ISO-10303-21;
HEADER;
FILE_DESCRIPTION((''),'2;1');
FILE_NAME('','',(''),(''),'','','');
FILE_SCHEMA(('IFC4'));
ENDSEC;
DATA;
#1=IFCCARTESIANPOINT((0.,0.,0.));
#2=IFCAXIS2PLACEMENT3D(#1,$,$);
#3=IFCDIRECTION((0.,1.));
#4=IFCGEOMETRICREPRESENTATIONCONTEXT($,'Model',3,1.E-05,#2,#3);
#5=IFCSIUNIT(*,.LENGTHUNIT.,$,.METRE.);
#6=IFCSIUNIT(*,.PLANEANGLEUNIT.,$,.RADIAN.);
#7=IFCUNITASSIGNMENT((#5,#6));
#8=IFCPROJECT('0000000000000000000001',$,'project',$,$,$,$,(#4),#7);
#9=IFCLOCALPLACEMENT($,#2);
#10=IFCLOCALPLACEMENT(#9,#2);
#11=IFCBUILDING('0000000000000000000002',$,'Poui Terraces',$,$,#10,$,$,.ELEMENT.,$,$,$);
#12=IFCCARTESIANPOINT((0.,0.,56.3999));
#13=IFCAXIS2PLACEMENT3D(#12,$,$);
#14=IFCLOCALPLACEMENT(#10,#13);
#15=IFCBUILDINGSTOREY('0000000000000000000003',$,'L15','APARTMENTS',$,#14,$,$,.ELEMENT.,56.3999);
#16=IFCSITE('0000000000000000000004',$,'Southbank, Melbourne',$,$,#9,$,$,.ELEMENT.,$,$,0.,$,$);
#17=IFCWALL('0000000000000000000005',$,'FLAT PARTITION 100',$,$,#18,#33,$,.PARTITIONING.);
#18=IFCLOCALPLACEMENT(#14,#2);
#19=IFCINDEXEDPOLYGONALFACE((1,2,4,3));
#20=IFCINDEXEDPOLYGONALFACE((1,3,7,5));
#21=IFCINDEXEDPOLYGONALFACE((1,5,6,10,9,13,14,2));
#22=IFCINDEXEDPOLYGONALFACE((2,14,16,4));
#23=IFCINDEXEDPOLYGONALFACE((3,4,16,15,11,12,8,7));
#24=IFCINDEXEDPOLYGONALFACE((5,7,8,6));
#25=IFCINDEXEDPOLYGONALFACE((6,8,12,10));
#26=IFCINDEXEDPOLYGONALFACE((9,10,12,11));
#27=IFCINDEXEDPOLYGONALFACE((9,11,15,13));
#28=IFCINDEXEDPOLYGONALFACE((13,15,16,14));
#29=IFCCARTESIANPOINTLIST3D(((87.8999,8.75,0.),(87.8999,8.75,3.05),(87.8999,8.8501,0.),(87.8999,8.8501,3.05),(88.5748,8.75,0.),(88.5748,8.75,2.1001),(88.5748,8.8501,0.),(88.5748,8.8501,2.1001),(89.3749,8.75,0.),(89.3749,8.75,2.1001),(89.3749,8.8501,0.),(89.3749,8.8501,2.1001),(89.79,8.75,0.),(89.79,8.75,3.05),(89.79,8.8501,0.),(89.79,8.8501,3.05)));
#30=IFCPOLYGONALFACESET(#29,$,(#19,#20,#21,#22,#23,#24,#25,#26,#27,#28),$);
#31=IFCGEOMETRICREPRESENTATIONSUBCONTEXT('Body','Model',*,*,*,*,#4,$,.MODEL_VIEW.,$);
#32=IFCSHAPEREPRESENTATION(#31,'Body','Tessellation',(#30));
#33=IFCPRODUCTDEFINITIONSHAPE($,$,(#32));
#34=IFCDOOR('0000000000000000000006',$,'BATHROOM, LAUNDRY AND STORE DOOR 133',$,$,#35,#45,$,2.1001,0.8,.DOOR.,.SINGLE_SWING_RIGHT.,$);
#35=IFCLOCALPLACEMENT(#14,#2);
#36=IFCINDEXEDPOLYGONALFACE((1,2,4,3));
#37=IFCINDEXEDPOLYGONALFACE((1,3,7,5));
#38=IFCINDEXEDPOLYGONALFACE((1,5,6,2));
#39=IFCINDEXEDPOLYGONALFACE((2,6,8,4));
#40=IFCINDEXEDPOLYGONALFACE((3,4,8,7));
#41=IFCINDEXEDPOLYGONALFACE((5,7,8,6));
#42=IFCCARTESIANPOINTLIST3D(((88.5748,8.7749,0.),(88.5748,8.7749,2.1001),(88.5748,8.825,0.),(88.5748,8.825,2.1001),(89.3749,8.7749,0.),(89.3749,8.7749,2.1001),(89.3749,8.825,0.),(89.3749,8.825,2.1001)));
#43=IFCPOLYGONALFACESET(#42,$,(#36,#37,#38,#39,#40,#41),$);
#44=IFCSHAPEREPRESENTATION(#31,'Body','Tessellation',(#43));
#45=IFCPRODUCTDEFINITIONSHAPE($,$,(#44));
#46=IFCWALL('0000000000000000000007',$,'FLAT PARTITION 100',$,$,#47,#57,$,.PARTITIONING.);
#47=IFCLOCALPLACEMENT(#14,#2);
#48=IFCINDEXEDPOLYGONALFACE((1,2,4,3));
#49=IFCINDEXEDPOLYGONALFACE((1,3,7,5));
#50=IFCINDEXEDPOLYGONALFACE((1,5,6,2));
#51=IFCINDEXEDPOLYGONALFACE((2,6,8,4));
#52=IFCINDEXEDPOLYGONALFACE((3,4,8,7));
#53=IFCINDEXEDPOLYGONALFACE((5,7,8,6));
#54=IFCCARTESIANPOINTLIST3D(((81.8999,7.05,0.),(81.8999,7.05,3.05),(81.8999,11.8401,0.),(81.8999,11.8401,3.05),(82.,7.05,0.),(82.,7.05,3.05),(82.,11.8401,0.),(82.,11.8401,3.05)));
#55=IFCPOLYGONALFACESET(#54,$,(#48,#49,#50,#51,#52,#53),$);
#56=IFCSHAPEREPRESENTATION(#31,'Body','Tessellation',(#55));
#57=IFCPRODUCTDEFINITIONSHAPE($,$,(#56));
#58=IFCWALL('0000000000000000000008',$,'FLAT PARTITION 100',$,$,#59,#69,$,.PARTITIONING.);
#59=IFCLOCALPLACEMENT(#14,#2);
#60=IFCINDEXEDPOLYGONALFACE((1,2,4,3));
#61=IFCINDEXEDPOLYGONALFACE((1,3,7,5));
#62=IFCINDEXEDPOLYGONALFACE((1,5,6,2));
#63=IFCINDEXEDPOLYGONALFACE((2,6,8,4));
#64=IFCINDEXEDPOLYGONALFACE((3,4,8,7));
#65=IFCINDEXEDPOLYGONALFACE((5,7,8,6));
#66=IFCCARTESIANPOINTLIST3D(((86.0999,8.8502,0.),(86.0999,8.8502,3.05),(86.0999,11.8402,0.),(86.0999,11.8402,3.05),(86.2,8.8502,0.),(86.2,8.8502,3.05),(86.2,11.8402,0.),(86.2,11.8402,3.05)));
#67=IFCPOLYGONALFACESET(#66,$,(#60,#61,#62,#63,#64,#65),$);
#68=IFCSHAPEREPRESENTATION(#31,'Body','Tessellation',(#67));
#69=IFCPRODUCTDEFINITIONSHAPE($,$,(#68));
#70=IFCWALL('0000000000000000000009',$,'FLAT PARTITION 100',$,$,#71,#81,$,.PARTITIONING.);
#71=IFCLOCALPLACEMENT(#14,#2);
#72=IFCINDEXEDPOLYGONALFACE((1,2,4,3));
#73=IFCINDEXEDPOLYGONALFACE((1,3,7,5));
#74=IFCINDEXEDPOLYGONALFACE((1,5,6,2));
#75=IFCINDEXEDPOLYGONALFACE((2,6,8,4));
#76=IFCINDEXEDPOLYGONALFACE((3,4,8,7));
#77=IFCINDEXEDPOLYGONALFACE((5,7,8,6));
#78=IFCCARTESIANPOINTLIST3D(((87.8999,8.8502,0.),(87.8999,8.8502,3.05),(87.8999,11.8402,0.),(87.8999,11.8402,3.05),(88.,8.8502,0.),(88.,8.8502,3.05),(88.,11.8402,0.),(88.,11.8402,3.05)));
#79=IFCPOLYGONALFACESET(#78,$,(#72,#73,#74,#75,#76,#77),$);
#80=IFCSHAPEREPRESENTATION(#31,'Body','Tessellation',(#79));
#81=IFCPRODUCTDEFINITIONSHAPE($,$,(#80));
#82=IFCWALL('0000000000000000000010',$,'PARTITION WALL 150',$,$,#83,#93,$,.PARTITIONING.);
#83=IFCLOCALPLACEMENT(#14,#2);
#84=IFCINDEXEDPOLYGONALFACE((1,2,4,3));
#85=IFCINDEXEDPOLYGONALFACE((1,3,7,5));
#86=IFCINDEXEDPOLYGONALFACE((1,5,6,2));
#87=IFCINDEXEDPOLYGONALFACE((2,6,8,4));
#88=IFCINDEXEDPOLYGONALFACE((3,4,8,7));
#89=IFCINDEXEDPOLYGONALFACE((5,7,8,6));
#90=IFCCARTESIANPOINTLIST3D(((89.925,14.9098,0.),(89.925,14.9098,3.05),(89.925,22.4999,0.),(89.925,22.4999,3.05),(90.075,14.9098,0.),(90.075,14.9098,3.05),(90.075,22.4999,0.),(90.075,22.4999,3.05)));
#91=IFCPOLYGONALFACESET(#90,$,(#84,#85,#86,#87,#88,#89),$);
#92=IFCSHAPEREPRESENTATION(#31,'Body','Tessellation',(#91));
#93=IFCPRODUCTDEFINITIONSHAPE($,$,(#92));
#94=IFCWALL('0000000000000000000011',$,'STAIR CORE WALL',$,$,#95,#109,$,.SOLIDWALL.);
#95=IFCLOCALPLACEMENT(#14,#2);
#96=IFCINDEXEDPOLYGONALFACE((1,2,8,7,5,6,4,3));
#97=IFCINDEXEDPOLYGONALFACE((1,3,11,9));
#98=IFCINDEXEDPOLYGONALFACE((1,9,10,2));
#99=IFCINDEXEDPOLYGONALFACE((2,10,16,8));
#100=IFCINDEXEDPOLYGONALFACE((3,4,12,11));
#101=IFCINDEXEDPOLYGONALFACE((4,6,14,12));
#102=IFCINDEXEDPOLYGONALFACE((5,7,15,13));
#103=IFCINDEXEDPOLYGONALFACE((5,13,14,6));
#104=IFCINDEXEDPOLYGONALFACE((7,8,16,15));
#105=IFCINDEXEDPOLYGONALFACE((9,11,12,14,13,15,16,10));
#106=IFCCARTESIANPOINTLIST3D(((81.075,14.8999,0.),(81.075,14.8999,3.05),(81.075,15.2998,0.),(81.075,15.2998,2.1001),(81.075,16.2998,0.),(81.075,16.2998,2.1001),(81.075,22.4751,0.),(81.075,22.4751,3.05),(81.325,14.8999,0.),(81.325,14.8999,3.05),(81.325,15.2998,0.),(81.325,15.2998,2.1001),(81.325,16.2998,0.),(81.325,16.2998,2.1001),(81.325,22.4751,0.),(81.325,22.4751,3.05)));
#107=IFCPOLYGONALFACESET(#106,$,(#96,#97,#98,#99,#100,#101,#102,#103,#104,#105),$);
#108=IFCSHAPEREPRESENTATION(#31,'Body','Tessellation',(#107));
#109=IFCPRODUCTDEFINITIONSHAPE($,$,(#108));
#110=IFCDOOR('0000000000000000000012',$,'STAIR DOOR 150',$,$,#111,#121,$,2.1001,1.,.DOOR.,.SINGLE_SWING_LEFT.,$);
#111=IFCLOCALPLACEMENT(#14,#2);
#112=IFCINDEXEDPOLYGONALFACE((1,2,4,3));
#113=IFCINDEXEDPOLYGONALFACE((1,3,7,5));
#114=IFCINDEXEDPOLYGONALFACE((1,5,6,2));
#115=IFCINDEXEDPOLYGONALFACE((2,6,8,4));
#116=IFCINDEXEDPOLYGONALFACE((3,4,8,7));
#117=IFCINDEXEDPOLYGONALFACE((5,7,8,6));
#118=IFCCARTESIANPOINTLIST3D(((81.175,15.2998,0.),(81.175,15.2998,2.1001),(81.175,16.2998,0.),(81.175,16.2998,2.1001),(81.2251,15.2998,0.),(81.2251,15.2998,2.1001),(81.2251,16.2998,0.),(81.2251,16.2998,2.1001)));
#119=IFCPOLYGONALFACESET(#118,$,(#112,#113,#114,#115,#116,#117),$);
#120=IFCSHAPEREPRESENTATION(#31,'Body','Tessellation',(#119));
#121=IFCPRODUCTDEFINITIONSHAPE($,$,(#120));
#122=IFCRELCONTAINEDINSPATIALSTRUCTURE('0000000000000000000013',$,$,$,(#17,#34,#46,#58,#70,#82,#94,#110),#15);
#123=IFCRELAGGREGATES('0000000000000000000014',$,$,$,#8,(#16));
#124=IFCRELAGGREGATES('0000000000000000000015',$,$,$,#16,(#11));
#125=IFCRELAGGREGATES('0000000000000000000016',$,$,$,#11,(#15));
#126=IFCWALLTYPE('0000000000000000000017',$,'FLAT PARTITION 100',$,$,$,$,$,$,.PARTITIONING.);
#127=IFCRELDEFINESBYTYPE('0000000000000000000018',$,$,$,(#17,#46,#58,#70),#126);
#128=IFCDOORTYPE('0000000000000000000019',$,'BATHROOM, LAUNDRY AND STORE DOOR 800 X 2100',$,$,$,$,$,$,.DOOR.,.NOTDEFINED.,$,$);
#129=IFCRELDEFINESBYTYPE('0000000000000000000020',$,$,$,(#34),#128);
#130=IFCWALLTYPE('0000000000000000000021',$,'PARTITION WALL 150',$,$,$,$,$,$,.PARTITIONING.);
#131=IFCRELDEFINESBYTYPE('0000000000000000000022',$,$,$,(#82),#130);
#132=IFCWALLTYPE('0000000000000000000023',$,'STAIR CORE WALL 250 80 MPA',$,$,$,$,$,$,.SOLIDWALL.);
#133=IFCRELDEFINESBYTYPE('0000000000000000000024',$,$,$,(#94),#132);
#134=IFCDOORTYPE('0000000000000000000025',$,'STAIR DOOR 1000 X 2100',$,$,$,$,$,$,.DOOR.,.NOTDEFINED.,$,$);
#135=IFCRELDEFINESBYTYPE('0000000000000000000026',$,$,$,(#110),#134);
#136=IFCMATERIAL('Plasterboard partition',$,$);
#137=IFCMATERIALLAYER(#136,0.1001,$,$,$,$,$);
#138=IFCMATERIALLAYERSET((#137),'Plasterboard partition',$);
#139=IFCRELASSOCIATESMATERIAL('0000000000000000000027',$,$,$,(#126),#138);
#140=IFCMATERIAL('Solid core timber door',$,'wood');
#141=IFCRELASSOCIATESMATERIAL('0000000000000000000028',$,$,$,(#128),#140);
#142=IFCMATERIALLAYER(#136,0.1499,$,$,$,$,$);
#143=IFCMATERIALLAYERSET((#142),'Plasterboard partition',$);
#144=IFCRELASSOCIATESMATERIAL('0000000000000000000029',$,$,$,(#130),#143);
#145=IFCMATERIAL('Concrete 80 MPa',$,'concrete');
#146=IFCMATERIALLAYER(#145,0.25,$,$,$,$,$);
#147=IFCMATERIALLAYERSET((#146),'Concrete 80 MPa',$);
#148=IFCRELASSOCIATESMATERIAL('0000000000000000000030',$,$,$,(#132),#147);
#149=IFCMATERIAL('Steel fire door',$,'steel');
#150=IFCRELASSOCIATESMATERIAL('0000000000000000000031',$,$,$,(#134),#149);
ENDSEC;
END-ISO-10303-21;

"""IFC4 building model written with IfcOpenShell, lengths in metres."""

from ifc_helpers import new_model, si_unit, direction, frame, frame_2d, origin, place, context, subcontext, project, spatial, rectangle, extrude, material, layer, layer_set, type_object, element, fill, save


model = new_model("IFC4")

# Units and contexts
model_context = context("Model", 3, precision=1e-05, world=origin(), true_north=direction((0.0, 1.0)))
body_context = subcontext(model_context, "Body", "Model", "MODEL_VIEW")
ifc_project = project(units=[si_unit("LENGTHUNIT", "METRE"), si_unit("PLANEANGLEUNIT", "RADIAN")], contexts=[model_context])

# Site, building, storey
site_placement = place(None, origin())
site = spatial("IfcSite", under=ifc_project, at=site_placement, Name="Southbank, Melbourne", CompositionType="ELEMENT", RefElevation=0.0)
building_placement = place(site_placement, origin())
building = spatial("IfcBuilding", under=site, at=building_placement, Name="Poui Terraces", CompositionType="ELEMENT")
storey_placement = place(building_placement, frame((0.0, 0.0, 56.3999)))
storey = spatial("IfcBuildingStorey", under=building, at=storey_placement, Name="L15", Description="APARTMENTS", CompositionType="ELEMENT", Elevation=56.3999)

# Shared definitions
ifc_material_1 = material(Name="Concrete 80 MPa", Category="concrete")

# Wall, opening, door
ifc_material_2 = material(Name="Steel fire door", Category="steel")
ifc_material_3 = material(Name="Solid core timber door", Category="wood")
ifc_material_4 = material(Name="Plasterboard partition")
ifc_layer_1 = layer(ifc_material_4, 0.1001)
ifc_layer_set_1 = layer_set([ifc_layer_1], Name="Plasterboard partition")
wall_type_1 = type_object("IfcWallType", Name="FLAT PARTITION 100", PredefinedType="PARTITIONING", material=ifc_layer_set_1)
wall_1_placement = place(storey_placement, frame((87.8999, 8.8, 0.0), z_axis=(0.0, 0.0, 1.0), x_axis=(1.0, 0.0, 0.0)))
wall_1 = element("IfcWall", 1, at=wall_1_placement, inside=storey, type_object=wall_type_1, Name="FLAT PARTITION 100", PredefinedType="PARTITIONING", context=body_context, shape_type="SweptSolid", body=[
    extrude(rectangle(XDim=1.8901, YDim=0.1001, at=frame_2d((0.9451, 0.0))), origin(), (0.0, 0.0, 1.0), 3.05),
])
opening_1_placement = place(wall_1_placement, frame((0.675, 0.0, 0.0)))
opening_1 = element("IfcOpeningElement", 2, at=opening_1_placement, cuts=wall_1, PredefinedType="OPENING", context=body_context, shape_type="SweptSolid", body=[
    extrude(rectangle(XDim=0.8, YDim=2.1001, at=frame_2d((0.3999, 1.05))), frame((0.0, 0.0601, 0.0), z_axis=(0.0, -1.0, 0.0), x_axis=(1.0, 0.0, 0.0)), (0.0, 0.0, 1.0), 0.1201),
])
door_type_1 = type_object("IfcDoorType", Name="BATHROOM, LAUNDRY AND STORE DOOR 800 X 2100", OperationType="NOTDEFINED", PredefinedType="DOOR", material=ifc_material_3)
door_1_placement = place(opening_1_placement, origin())
door_1 = element("IfcDoor", 3, at=door_1_placement, inside=storey, type_object=door_type_1, Name="BATHROOM, LAUNDRY AND STORE DOOR 133", OperationType="SINGLE_SWING_RIGHT", OverallHeight=2.1001, OverallWidth=0.8, PredefinedType="DOOR", context=body_context, shape_type="SweptSolid", body=[
    extrude(rectangle(XDim=0.8, YDim=2.1001, at=frame_2d((0.3999, 1.05))), frame((0.0, 0.0249, 0.0), z_axis=(0.0, -1.0, 0.0), x_axis=(1.0, 0.0, 0.0)), (0.0, 0.0, 1.0), 0.05),
])
fill(opening_1, door_1)

# Walls
wall_2_placement = place(storey_placement, frame((81.95, 7.05, 0.0), z_axis=(0.0, 0.0, 1.0), x_axis=(0.0, 1.0, 0.0)))
element("IfcWall", 4, at=wall_2_placement, inside=storey, type_object=wall_type_1, Name="FLAT PARTITION 100", PredefinedType="PARTITIONING", context=body_context, shape_type="SweptSolid", body=[
    extrude(rectangle(XDim=4.79, YDim=0.1001, at=frame_2d((2.395, 0.0))), origin(), (0.0, 0.0, 1.0), 3.05),
])
for number, where, z_axis, x_axis, name in (
    (5, (86.1499, 8.8501, 0.0), (0.0, 0.0, 1.0), (0.0, 1.0, 0.0), "FLAT PARTITION 100"),
    (6, (87.95, 8.8501, 0.0), (0.0, 0.0, 1.0), (0.0, 1.0, 0.0), "FLAT PARTITION 100"),
):
    element("IfcWall", number, at=place(storey_placement, frame(where, z_axis=z_axis, x_axis=x_axis)), inside=storey, type_object=wall_type_1, Name=name, PredefinedType="PARTITIONING", context=body_context, shape_type="SweptSolid", body=[
        extrude(rectangle(XDim=2.99, YDim=0.1001, at=frame_2d((1.4951, 0.0))), origin(), (0.0, 0.0, 1.0), 3.05),
    ])
ifc_layer_2 = layer(ifc_material_4, 0.1499)
ifc_layer_set_2 = layer_set([ifc_layer_2], Name="Plasterboard partition")
wall_type_2 = type_object("IfcWallType", Name="PARTITION WALL 150", PredefinedType="PARTITIONING", material=ifc_layer_set_2)
wall_3_placement = place(storey_placement, frame((90.0, 14.9099, 0.0), z_axis=(0.0, 0.0, 1.0), x_axis=(0.0, 1.0, 0.0)))
element("IfcWall", 7, at=wall_3_placement, inside=storey, type_object=wall_type_2, Name="PARTITION WALL 150", PredefinedType="PARTITIONING", context=body_context, shape_type="SweptSolid", body=[
    extrude(rectangle(XDim=7.5901, YDim=0.1499, at=frame_2d((3.7949, 0.0))), origin(), (0.0, 0.0, 1.0), 3.05),
])

# Wall, opening, door
ifc_layer_3 = layer(ifc_material_1, 0.25)
ifc_layer_set_3 = layer_set([ifc_layer_3], Name="Concrete 80 MPa")
wall_type_3 = type_object("IfcWallType", Name="STAIR CORE WALL 250 80 MPA", PredefinedType="SOLIDWALL", material=ifc_layer_set_3)
wall_4_placement = place(storey_placement, frame((81.2, 14.8999, 0.0), z_axis=(0.0, 0.0, 1.0), x_axis=(0.0, 1.0, 0.0)))
wall_4 = element("IfcWall", 8, at=wall_4_placement, inside=storey, type_object=wall_type_3, Name="STAIR CORE WALL", PredefinedType="SOLIDWALL", context=body_context, shape_type="SweptSolid", body=[
    extrude(rectangle(XDim=7.5752, YDim=0.25, at=frame_2d((3.7876, 0.0))), origin(), (0.0, 0.0, 1.0), 3.05),
])
opening_2_placement = place(wall_4_placement, frame((0.3999, 0.0, 0.0)))
opening_2 = element("IfcOpeningElement", 9, at=opening_2_placement, cuts=wall_4, PredefinedType="OPENING", context=body_context, shape_type="SweptSolid", body=[
    extrude(rectangle(XDim=1.0, YDim=2.1001, at=frame_2d((0.5, 1.05))), frame((0.0, 0.135, 0.0), z_axis=(0.0, -1.0, 0.0), x_axis=(1.0, 0.0, 0.0)), (0.0, 0.0, 1.0), 0.27),
])
door_type_2 = type_object("IfcDoorType", Name="STAIR DOOR 1000 X 2100", OperationType="NOTDEFINED", PredefinedType="DOOR", material=ifc_material_2)
door_2_placement = place(opening_2_placement, origin())
door_2 = element("IfcDoor", 10, at=door_2_placement, inside=storey, type_object=door_type_2, Name="STAIR DOOR 150", OperationType="SINGLE_SWING_LEFT", OverallHeight=2.1001, OverallWidth=1.0, PredefinedType="DOOR", context=body_context, shape_type="SweptSolid", body=[
    extrude(rectangle(XDim=1.0, YDim=2.1001, at=frame_2d((0.5, 1.05))), frame((0.0, 0.0249, 0.0), z_axis=(0.0, -1.0, 0.0), x_axis=(1.0, 0.0, 0.0)), (0.0, 0.0, 1.0), 0.05),
])
fill(opening_2, door_2)

save(model, "model.ifc")
